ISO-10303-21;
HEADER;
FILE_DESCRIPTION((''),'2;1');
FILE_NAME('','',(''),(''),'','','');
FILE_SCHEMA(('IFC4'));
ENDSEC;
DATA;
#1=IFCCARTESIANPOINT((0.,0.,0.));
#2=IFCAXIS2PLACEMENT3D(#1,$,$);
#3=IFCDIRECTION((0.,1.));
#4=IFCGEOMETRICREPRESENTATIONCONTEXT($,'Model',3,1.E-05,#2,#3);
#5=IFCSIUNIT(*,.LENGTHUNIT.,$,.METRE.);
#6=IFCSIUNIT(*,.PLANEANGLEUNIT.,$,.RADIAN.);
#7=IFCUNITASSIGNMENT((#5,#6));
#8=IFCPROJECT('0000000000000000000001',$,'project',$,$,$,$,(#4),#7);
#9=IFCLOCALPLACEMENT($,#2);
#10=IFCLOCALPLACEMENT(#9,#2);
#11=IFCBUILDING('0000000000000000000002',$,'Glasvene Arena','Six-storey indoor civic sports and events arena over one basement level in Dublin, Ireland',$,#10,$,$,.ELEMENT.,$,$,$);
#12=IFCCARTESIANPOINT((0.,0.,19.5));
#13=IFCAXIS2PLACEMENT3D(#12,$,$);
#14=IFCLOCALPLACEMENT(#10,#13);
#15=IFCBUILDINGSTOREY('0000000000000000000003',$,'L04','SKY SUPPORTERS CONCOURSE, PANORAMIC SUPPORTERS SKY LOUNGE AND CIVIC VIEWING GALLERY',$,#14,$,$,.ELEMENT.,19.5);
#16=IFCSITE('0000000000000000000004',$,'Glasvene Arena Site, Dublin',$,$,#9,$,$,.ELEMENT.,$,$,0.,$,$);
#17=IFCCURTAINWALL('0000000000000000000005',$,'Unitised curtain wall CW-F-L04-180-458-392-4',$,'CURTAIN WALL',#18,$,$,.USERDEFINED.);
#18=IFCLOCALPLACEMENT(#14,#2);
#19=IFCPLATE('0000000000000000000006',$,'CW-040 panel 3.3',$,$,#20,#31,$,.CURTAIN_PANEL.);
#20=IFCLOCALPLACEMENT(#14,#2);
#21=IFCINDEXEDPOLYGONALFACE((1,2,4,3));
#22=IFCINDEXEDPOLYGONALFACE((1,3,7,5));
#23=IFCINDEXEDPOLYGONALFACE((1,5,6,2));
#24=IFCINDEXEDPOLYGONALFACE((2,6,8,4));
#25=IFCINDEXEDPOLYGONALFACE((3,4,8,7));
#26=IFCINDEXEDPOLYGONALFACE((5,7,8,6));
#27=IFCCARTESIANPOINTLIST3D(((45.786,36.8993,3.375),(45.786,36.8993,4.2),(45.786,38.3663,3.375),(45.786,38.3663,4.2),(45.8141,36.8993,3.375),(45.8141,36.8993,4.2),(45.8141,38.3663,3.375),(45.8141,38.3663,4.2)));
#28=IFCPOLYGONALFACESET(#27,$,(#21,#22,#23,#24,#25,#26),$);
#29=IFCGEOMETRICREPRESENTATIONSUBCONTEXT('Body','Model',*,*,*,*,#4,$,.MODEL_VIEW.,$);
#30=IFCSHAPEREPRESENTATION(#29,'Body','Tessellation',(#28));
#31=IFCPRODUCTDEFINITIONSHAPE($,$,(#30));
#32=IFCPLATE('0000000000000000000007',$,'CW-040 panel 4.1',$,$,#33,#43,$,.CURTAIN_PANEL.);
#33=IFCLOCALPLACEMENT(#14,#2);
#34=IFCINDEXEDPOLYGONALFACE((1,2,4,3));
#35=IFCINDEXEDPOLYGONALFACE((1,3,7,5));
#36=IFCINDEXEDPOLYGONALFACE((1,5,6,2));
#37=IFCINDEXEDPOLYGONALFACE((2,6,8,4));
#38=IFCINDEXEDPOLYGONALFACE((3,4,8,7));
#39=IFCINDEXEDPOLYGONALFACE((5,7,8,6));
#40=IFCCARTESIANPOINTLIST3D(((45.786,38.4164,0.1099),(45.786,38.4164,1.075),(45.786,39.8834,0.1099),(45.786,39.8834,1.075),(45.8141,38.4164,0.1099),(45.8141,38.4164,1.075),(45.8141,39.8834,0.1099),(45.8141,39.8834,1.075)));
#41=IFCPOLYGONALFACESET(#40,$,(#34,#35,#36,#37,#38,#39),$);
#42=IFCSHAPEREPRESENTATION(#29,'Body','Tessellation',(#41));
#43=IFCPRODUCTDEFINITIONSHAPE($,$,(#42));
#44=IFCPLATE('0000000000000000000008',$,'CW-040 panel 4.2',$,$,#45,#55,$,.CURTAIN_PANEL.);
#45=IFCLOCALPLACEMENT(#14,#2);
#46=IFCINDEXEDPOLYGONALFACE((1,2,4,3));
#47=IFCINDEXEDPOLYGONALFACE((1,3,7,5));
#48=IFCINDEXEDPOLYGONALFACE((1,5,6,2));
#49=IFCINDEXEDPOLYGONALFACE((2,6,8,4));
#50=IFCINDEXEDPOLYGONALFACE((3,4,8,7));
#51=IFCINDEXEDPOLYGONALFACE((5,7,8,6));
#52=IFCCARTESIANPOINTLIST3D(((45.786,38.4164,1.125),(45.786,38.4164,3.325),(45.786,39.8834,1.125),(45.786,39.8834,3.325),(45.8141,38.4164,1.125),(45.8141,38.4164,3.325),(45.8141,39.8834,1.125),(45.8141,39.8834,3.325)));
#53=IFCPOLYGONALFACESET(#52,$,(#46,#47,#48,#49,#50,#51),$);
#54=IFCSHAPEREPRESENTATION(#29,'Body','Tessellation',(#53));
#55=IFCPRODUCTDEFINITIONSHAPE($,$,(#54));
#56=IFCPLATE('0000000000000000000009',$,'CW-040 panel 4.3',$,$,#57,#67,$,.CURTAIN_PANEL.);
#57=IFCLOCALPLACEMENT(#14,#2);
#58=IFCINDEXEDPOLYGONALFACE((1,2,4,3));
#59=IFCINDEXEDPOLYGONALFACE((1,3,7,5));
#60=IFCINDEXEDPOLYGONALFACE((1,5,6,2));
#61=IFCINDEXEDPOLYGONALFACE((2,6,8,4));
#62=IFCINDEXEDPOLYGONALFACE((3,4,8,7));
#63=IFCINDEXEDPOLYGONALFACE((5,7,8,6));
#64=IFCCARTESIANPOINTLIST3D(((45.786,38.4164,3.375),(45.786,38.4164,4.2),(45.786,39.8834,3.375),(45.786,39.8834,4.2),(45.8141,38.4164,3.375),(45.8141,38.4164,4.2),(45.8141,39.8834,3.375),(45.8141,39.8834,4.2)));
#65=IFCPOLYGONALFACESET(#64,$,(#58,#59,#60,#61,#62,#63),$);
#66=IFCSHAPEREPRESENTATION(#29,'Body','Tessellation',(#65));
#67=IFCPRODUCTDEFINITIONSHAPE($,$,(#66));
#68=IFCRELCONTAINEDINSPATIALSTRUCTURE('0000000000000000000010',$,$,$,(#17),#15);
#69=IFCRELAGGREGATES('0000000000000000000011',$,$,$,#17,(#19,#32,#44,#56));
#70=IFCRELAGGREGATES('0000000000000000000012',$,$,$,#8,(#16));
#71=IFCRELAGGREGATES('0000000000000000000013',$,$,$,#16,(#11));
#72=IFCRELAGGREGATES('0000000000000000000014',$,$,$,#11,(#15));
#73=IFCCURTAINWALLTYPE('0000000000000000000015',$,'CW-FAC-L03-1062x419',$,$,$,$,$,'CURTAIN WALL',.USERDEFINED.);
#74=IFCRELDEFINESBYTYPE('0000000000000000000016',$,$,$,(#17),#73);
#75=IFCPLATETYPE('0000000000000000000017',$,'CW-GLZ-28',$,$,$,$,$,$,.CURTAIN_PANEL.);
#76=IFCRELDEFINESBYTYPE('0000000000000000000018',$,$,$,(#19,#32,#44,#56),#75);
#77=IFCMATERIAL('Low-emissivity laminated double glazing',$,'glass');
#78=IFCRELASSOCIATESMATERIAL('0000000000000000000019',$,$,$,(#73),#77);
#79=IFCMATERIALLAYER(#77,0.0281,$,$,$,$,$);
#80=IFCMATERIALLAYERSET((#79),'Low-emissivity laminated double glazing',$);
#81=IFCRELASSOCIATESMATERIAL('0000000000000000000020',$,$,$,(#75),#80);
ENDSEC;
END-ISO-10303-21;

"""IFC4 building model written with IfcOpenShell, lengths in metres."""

from ifc_helpers import new_model, si_unit, direction, frame, origin, origin_2d, place, context, subcontext, project, spatial, rectangle, extrude, material, layer, layer_set, type_object, element, aggregate, save


model = new_model("IFC4")

# Units and contexts
model_context = context("Model", 3, precision=1e-05, world=origin(), true_north=direction((0.0, 1.0)))
body_context = subcontext(model_context, "Body", "Model", "MODEL_VIEW")
ifc_project = project(units=[si_unit("LENGTHUNIT", "METRE"), si_unit("PLANEANGLEUNIT", "RADIAN")], contexts=[model_context])

# Site, building, storey
site_placement = place(None, origin())
site = spatial("IfcSite", under=ifc_project, at=site_placement, Name="Glasvene Arena Site, Dublin", CompositionType="ELEMENT", RefElevation=0.0)
building_placement = place(site_placement, origin())
building = spatial("IfcBuilding", under=site, at=building_placement, Name="Glasvene Arena", Description="Six-storey indoor civic sports and events arena over one basement level in Dublin, Ireland", CompositionType="ELEMENT")
storey_placement = place(building_placement, frame((0.0, 0.0, 19.5)))
storey = spatial("IfcBuildingStorey", under=building, at=storey_placement, Name="L04", Description="SKY SUPPORTERS CONCOURSE, PANORAMIC SUPPORTERS SKY LOUNGE AND CIVIC VIEWING GALLERY", CompositionType="ELEMENT", Elevation=19.5)

# Curtain wall, plates
ifc_material_1 = material(Name="Low-emissivity laminated double glazing", Category="glass")
curtain_wall_type = type_object("IfcCurtainWallType", Name="CW-FAC-L03-1062x419", ElementType="CURTAIN WALL", PredefinedType="USERDEFINED", material=ifc_material_1)
curtain_wall_placement = place(storey_placement, frame((45.8, 33.8401, 0.0)))
curtain_wall = element("IfcCurtainWall", 1, at=curtain_wall_placement, inside=storey, type_object=curtain_wall_type, Name="Unitised curtain wall CW-F-L04-180-458-392-4", ObjectType="CURTAIN WALL", PredefinedType="USERDEFINED")
ifc_layer_1 = layer(ifc_material_1, 0.0281)
ifc_layer_set_1 = layer_set([ifc_layer_1], Name="Low-emissivity laminated double glazing")
plate_type = type_object("IfcPlateType", Name="CW-GLZ-28", PredefinedType="CURTAIN_PANEL", material=ifc_layer_set_1)
plate_1_placement = place(storey_placement, frame((45.8, 37.6328, 3.375), z_axis=(0.0, 0.0, 1.0), x_axis=(0.0, 1.0, 0.0)))
plate_1 = element("IfcPlate", 2, at=plate_1_placement, type_object=plate_type, Name="CW-040 panel 3.3", PredefinedType="CURTAIN_PANEL", context=body_context, shape_type="SweptSolid", body=[
    extrude(rectangle(XDim=1.467, YDim=0.0281, at=origin_2d()), origin(), (0.0, 0.0, 1.0), 0.825),
])
plate_2_placement = place(storey_placement, frame((45.8, 39.1499, 0.1099), z_axis=(0.0, 0.0, 1.0), x_axis=(0.0, 1.0, 0.0)))
plate_2 = element("IfcPlate", 3, at=plate_2_placement, type_object=plate_type, Name="CW-040 panel 4.1", PredefinedType="CURTAIN_PANEL", context=body_context, shape_type="SweptSolid", body=[
    extrude(rectangle(XDim=1.467, YDim=0.0281, at=origin_2d()), origin(), (0.0, 0.0, 1.0), 0.9651),
])
plate_3_placement = place(storey_placement, frame((45.8, 39.1499, 1.125), z_axis=(0.0, 0.0, 1.0), x_axis=(0.0, 1.0, 0.0)))
plate_3 = element("IfcPlate", 4, at=plate_3_placement, type_object=plate_type, Name="CW-040 panel 4.2", PredefinedType="CURTAIN_PANEL", context=body_context, shape_type="SweptSolid", body=[
    extrude(rectangle(XDim=1.467, YDim=0.0281, at=origin_2d()), origin(), (0.0, 0.0, 1.0), 2.2),
])
plate_4_placement = place(storey_placement, frame((45.8, 39.1499, 3.375), z_axis=(0.0, 0.0, 1.0), x_axis=(0.0, 1.0, 0.0)))
plate_4 = element("IfcPlate", 5, at=plate_4_placement, type_object=plate_type, Name="CW-040 panel 4.3", PredefinedType="CURTAIN_PANEL", context=body_context, shape_type="SweptSolid", body=[
    extrude(rectangle(XDim=1.467, YDim=0.0281, at=origin_2d()), origin(), (0.0, 0.0, 1.0), 0.825),
])
aggregate(curtain_wall, [plate_1, plate_2, plate_3, plate_4])

save(model, "model.ifc")
